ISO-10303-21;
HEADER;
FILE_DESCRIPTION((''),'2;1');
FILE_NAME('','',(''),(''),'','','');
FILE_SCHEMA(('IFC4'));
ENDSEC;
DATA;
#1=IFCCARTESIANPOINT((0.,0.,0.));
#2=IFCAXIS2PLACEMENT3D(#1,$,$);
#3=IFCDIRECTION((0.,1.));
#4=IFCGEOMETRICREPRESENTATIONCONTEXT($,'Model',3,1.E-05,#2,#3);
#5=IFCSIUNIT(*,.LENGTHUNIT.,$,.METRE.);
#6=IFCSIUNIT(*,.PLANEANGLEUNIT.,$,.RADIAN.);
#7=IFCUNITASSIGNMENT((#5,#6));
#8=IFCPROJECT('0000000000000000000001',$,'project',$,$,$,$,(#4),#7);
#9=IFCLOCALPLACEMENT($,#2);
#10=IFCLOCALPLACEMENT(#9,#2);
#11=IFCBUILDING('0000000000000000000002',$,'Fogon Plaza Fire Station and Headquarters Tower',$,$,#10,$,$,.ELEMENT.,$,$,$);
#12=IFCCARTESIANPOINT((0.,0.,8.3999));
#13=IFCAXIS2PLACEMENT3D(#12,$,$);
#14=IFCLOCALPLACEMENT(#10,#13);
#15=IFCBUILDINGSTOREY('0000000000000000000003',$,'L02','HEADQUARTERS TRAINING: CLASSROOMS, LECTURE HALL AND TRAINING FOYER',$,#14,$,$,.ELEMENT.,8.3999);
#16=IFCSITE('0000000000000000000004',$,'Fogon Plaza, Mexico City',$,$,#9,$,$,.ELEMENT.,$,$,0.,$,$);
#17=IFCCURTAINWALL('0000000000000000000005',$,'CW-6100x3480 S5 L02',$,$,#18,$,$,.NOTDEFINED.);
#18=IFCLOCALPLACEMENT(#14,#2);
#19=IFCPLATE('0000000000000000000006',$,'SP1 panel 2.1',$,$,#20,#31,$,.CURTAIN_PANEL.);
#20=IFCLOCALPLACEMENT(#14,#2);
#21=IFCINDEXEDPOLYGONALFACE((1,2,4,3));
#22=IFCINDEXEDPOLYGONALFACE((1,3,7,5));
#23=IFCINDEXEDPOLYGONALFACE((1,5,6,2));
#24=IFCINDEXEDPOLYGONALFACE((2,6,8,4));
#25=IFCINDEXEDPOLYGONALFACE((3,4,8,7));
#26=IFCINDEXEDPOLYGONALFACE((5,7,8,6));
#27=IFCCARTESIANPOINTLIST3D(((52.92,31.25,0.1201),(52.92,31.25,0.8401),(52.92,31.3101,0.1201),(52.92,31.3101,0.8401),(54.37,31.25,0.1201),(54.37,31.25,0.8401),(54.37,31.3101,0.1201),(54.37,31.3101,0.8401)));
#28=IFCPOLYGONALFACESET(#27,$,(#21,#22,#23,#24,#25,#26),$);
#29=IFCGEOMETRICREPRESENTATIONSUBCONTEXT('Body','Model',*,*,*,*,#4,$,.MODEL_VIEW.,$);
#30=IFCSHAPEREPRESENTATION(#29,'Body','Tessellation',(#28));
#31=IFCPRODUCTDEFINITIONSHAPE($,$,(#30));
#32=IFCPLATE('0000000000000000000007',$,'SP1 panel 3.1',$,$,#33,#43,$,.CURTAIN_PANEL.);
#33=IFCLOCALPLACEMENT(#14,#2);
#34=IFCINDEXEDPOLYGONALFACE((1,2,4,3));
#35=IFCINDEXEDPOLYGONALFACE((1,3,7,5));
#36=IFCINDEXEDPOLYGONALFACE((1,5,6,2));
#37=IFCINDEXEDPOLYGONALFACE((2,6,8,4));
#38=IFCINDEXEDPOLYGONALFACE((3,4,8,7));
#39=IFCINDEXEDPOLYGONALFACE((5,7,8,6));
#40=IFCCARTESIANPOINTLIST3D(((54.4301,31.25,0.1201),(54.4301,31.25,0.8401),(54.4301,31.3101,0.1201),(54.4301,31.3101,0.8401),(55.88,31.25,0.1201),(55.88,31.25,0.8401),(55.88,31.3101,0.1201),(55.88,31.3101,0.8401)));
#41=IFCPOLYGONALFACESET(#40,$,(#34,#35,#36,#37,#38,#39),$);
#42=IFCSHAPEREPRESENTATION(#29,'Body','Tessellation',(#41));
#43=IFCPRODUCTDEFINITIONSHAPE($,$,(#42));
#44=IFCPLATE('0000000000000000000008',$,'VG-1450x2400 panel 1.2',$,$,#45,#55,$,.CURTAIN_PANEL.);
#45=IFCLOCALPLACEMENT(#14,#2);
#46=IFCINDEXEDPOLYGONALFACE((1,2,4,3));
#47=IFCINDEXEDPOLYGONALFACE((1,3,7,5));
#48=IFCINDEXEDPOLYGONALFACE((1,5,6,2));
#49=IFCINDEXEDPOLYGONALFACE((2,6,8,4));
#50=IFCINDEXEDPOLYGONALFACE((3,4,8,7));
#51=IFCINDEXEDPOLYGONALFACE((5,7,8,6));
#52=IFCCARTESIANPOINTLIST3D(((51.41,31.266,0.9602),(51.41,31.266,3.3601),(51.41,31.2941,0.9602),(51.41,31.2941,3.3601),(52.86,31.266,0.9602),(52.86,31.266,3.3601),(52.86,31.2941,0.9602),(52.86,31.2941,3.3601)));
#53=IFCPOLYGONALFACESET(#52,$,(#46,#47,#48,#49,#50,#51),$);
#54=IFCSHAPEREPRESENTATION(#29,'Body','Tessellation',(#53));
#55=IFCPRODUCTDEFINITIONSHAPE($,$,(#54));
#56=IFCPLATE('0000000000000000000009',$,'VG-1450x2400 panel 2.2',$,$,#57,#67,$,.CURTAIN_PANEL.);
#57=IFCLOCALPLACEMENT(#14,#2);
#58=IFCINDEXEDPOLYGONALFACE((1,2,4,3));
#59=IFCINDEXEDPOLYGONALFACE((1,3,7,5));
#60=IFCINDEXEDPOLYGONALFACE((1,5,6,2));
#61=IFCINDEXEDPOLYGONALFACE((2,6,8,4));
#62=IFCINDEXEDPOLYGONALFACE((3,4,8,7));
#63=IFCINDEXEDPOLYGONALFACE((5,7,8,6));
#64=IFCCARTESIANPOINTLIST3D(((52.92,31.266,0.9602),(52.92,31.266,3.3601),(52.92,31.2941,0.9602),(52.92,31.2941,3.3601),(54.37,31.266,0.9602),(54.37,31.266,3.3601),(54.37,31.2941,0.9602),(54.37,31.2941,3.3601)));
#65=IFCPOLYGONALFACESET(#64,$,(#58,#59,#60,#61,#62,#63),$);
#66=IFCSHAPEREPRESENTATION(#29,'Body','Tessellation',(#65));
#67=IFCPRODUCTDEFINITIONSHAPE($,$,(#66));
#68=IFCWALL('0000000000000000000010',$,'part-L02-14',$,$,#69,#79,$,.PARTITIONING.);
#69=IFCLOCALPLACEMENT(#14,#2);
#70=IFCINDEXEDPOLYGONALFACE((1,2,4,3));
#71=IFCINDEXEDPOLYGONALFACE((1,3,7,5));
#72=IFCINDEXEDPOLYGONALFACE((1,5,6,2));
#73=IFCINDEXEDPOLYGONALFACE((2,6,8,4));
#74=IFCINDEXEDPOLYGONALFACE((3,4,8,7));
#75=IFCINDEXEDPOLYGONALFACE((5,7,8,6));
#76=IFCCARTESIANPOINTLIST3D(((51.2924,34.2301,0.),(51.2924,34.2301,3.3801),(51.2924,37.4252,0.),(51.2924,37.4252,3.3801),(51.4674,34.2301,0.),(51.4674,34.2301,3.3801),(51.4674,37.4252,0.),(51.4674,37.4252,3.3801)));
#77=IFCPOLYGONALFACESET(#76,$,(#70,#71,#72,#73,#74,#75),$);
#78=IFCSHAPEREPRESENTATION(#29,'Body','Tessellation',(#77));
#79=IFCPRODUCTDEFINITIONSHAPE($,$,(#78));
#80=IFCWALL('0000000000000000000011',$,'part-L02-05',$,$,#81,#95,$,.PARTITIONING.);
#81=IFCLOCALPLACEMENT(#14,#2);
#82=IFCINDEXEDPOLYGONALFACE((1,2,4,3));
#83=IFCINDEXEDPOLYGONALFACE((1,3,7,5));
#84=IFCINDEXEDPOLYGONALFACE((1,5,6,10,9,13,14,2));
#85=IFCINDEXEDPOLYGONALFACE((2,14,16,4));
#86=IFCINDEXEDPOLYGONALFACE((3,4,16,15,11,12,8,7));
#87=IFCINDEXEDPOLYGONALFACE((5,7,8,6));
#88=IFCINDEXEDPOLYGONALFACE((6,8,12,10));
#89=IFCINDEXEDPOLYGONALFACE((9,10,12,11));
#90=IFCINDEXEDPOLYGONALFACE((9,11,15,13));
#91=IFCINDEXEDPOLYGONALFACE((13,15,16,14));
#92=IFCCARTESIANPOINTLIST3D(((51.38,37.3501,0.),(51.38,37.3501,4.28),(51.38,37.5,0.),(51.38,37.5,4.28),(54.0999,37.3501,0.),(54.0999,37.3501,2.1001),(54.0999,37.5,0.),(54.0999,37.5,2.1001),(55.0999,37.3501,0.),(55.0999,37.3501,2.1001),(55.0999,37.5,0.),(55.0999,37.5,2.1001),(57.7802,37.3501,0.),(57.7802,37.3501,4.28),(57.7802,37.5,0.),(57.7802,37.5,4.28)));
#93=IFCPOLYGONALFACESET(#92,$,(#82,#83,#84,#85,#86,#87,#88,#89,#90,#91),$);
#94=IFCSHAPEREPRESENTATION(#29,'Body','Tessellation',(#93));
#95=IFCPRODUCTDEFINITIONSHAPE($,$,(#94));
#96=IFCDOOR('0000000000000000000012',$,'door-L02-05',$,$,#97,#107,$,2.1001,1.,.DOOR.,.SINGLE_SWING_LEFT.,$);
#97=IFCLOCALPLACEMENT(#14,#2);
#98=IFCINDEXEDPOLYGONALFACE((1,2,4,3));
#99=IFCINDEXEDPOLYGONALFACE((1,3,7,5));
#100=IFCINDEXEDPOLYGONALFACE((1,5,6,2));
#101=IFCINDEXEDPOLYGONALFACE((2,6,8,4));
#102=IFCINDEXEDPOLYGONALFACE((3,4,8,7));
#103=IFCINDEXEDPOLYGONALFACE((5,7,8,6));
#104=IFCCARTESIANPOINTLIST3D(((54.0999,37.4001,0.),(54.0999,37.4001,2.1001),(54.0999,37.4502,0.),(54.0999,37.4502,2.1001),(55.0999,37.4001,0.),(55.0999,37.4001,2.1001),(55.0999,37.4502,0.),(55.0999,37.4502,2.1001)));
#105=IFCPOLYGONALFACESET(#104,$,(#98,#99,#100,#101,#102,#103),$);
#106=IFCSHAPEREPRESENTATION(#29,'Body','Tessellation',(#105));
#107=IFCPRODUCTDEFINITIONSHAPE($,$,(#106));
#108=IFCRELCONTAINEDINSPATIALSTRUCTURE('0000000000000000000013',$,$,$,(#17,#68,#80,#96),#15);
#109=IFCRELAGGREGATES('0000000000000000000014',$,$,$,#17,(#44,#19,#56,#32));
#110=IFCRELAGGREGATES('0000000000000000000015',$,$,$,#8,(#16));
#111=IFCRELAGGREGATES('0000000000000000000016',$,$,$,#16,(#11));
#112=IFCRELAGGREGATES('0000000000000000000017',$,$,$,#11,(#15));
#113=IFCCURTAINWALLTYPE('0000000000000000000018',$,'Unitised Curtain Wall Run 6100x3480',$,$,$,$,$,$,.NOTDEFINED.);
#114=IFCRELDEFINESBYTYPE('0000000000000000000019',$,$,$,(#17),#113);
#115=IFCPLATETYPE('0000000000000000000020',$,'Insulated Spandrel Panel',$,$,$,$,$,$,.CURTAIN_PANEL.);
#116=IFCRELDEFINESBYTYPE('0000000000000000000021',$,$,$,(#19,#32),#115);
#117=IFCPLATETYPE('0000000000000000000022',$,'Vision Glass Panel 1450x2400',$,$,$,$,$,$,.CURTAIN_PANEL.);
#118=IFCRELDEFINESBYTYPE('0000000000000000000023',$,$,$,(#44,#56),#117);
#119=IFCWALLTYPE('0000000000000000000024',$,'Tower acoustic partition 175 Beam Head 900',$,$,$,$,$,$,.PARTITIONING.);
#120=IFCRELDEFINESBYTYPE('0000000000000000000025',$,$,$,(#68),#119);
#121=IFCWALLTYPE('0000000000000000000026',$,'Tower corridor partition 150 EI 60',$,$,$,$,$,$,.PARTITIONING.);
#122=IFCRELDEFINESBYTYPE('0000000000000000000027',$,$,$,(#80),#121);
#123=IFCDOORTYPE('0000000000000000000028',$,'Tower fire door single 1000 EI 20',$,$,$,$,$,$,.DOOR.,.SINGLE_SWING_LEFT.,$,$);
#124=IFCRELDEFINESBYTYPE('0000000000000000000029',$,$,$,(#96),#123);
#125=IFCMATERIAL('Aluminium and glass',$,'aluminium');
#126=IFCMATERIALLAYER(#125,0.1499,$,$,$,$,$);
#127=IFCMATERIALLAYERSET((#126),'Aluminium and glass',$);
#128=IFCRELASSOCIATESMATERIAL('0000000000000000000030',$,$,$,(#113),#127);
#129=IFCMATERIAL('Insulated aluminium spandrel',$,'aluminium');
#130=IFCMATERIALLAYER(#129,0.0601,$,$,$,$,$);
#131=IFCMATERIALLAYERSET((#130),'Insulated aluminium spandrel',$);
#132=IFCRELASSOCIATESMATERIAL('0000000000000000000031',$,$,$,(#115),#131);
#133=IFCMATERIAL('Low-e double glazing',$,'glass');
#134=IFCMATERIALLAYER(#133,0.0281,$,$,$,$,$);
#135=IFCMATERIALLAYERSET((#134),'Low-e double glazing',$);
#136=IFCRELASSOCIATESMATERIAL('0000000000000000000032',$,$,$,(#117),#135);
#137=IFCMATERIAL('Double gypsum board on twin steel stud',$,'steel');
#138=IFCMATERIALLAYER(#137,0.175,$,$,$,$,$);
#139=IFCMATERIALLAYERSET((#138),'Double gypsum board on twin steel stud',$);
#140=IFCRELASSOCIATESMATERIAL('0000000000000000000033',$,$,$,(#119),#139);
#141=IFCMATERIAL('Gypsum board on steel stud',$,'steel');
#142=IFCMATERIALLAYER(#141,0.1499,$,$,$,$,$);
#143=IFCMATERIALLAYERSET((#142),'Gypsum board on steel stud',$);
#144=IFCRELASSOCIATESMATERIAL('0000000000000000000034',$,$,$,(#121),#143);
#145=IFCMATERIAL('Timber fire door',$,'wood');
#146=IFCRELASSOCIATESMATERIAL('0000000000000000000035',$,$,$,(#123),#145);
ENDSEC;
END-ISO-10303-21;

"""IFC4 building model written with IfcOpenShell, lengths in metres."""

from ifc_helpers import new_model, si_unit, direction, frame, frame_2d, origin, origin_2d, place, context, subcontext, project, spatial, rectangle, extrude, material, layer, layer_set, type_object, element, fill, aggregate, save


model = new_model("IFC4")

# Units and contexts
model_context = context("Model", 3, precision=1e-05, world=origin(), true_north=direction((0.0, 1.0)))
body_context = subcontext(model_context, "Body", "Model", "MODEL_VIEW")
ifc_project = project(units=[si_unit("LENGTHUNIT", "METRE"), si_unit("PLANEANGLEUNIT", "RADIAN")], contexts=[model_context])

# Site, building, storey
site_placement = place(None, origin())
site = spatial("IfcSite", under=ifc_project, at=site_placement, Name="Fogon Plaza, Mexico City", CompositionType="ELEMENT", RefElevation=0.0)
building_placement = place(site_placement, origin())
building = spatial("IfcBuilding", under=site, at=building_placement, Name="Fogon Plaza Fire Station and Headquarters Tower", CompositionType="ELEMENT")
storey_placement = place(building_placement, frame((0.0, 0.0, 8.3999)))
storey = spatial("IfcBuildingStorey", under=building, at=storey_placement, Name="L02", Description="HEADQUARTERS TRAINING: CLASSROOMS, LECTURE HALL AND TRAINING FOYER", CompositionType="ELEMENT", Elevation=8.3999)

# Curtain wall
ifc_material_1 = material(Name="Aluminium and glass", Category="aluminium")
ifc_layer_1 = layer(ifc_material_1, 0.1499)
ifc_layer_set_1 = layer_set([ifc_layer_1], Name="Aluminium and glass")
curtain_wall_type = type_object("IfcCurtainWallType", Name="Unitised Curtain Wall Run 6100x3480", PredefinedType="NOTDEFINED", material=ifc_layer_set_1)
curtain_wall_placement = place(storey_placement, origin())
curtain_wall = element("IfcCurtainWall", 1, at=curtain_wall_placement, inside=storey, type_object=curtain_wall_type, Name="CW-6100x3480 S5 L02", PredefinedType="NOTDEFINED")

# Plates
ifc_material_2 = material(Name="Insulated aluminium spandrel", Category="aluminium")
ifc_layer_2 = layer(ifc_material_2, 0.0601)
ifc_layer_set_2 = layer_set([ifc_layer_2], Name="Insulated aluminium spandrel")
plate_type_1 = type_object("IfcPlateType", Name="Insulated Spandrel Panel", PredefinedType="CURTAIN_PANEL", material=ifc_layer_set_2)
plate_1_placement = place(storey_placement, frame((53.645, 31.28, 0.1201), z_axis=(0.0, 0.0, 1.0), x_axis=(1.0, 0.0, 0.0)))
plate_1 = element("IfcPlate", 2, at=plate_1_placement, type_object=plate_type_1, Name="SP1 panel 2.1", PredefinedType="CURTAIN_PANEL", context=body_context, shape_type="SweptSolid", body=[
    extrude(rectangle(XDim=1.45, YDim=0.0601, at=origin_2d()), origin(), (0.0, 0.0, 1.0), 0.72),
])
plate_2_placement = place(storey_placement, frame((55.155, 31.28, 0.1201), z_axis=(0.0, 0.0, 1.0), x_axis=(1.0, 0.0, 0.0)))
plate_2 = element("IfcPlate", 3, at=plate_2_placement, type_object=plate_type_1, Name="SP1 panel 3.1", PredefinedType="CURTAIN_PANEL", context=body_context, shape_type="SweptSolid", body=[
    extrude(rectangle(XDim=1.45, YDim=0.0601, at=origin_2d()), origin(), (0.0, 0.0, 1.0), 0.72),
])
ifc_material_3 = material(Name="Low-e double glazing", Category="glass")
ifc_layer_3 = layer(ifc_material_3, 0.0281)
ifc_layer_set_3 = layer_set([ifc_layer_3], Name="Low-e double glazing")
plate_type_2 = type_object("IfcPlateType", Name="Vision Glass Panel 1450x2400", PredefinedType="CURTAIN_PANEL", material=ifc_layer_set_3)
plate_3_placement = place(storey_placement, frame((52.135, 31.28, 0.9602), z_axis=(0.0, 0.0, 1.0), x_axis=(1.0, 0.0, 0.0)))
plate_3 = element("IfcPlate", 4, at=plate_3_placement, type_object=plate_type_2, Name="VG-1450x2400 panel 1.2", PredefinedType="CURTAIN_PANEL", context=body_context, shape_type="SweptSolid", body=[
    extrude(rectangle(XDim=1.45, YDim=0.0281, at=origin_2d()), origin(), (0.0, 0.0, 1.0), 2.3999),
])
plate_4_placement = place(storey_placement, frame((53.645, 31.28, 0.9602), z_axis=(0.0, 0.0, 1.0), x_axis=(1.0, 0.0, 0.0)))
plate_4 = element("IfcPlate", 5, at=plate_4_placement, type_object=plate_type_2, Name="VG-1450x2400 panel 2.2", PredefinedType="CURTAIN_PANEL", context=body_context, shape_type="SweptSolid", body=[
    extrude(rectangle(XDim=1.45, YDim=0.0281, at=origin_2d()), origin(), (0.0, 0.0, 1.0), 2.3999),
])
aggregate(curtain_wall, [plate_3, plate_1, plate_4, plate_2])

# Wall
ifc_material_4 = material(Name="Double gypsum board on twin steel stud", Category="steel")
ifc_layer_4 = layer(ifc_material_4, 0.175)
ifc_layer_set_4 = layer_set([ifc_layer_4], Name="Double gypsum board on twin steel stud")
wall_type_1 = type_object("IfcWallType", Name="Tower acoustic partition 175 Beam Head 900", PredefinedType="PARTITIONING", material=ifc_layer_set_4)
wall_1_placement = place(storey_placement, frame((51.3799, 34.23, 0.0), z_axis=(0.0, 0.0, 1.0), x_axis=(0.0, 1.0, 0.0)))
element("IfcWall", 6, at=wall_1_placement, inside=storey, type_object=wall_type_1, Name="part-L02-14", PredefinedType="PARTITIONING", context=body_context, shape_type="SweptSolid", body=[
    extrude(rectangle(XDim=3.1951, YDim=0.175, at=frame_2d((1.5977, 0.0))), origin(), (0.0, 0.0, 1.0), 3.3801),
])

# Wall, opening, door
ifc_material_5 = material(Name="Gypsum board on steel stud", Category="steel")
ifc_layer_5 = layer(ifc_material_5, 0.1499)
ifc_layer_set_5 = layer_set([ifc_layer_5], Name="Gypsum board on steel stud")
wall_type_2 = type_object("IfcWallType", Name="Tower corridor partition 150 EI 60", PredefinedType="PARTITIONING", material=ifc_layer_set_5)
wall_2_placement = place(storey_placement, frame((51.3799, 37.425, 0.0), z_axis=(0.0, 0.0, 1.0), x_axis=(1.0, 0.0, 0.0)))
wall_2 = element("IfcWall", 7, at=wall_2_placement, inside=storey, type_object=wall_type_2, Name="part-L02-05", PredefinedType="PARTITIONING", context=body_context, shape_type="SweptSolid", body=[
    extrude(rectangle(XDim=6.4001, YDim=0.1499, at=frame_2d((3.2002, 0.0))), origin(), (0.0, 0.0, 1.0), 4.28),
])
opening_placement = place(wall_2_placement, frame((2.72, 0.0, 0.0)))
opening = element("IfcOpeningElement", 8, at=opening_placement, cuts=wall_2, PredefinedType="OPENING", context=body_context, shape_type="SweptSolid", body=[
    extrude(rectangle(XDim=1.0, YDim=2.1001, at=frame_2d((0.5, 1.05))), frame((0.0, 0.085, 0.0), z_axis=(0.0, -1.0, 0.0), x_axis=(1.0, 0.0, 0.0)), (0.0, 0.0, 1.0), 0.1699),
])
ifc_material_6 = material(Name="Timber fire door", Category="wood")
door_type = type_object("IfcDoorType", Name="Tower fire door single 1000 EI 20", OperationType="SINGLE_SWING_LEFT", PredefinedType="DOOR", material=ifc_material_6)
door_placement = place(opening_placement, frame((1.0, 0.0, 0.0), z_axis=(0.0, 0.0, 1.0), x_axis=(-1.0, 0.0, 0.0)))
door = element("IfcDoor", 9, at=door_placement, inside=storey, type_object=door_type, Name="door-L02-05", OperationType="SINGLE_SWING_LEFT", OverallHeight=2.1001, OverallWidth=1.0, PredefinedType="DOOR", context=body_context, shape_type="SweptSolid", body=[
    extrude(rectangle(XDim=1.0, YDim=2.1001, at=frame_2d((0.5, 1.05))), frame((0.0, 0.0249, 0.0), z_axis=(0.0, -1.0, 0.0), x_axis=(1.0, 0.0, 0.0)), (0.0, 0.0, 1.0), 0.05),
])
fill(opening, door)

save(model, "model.ifc")
